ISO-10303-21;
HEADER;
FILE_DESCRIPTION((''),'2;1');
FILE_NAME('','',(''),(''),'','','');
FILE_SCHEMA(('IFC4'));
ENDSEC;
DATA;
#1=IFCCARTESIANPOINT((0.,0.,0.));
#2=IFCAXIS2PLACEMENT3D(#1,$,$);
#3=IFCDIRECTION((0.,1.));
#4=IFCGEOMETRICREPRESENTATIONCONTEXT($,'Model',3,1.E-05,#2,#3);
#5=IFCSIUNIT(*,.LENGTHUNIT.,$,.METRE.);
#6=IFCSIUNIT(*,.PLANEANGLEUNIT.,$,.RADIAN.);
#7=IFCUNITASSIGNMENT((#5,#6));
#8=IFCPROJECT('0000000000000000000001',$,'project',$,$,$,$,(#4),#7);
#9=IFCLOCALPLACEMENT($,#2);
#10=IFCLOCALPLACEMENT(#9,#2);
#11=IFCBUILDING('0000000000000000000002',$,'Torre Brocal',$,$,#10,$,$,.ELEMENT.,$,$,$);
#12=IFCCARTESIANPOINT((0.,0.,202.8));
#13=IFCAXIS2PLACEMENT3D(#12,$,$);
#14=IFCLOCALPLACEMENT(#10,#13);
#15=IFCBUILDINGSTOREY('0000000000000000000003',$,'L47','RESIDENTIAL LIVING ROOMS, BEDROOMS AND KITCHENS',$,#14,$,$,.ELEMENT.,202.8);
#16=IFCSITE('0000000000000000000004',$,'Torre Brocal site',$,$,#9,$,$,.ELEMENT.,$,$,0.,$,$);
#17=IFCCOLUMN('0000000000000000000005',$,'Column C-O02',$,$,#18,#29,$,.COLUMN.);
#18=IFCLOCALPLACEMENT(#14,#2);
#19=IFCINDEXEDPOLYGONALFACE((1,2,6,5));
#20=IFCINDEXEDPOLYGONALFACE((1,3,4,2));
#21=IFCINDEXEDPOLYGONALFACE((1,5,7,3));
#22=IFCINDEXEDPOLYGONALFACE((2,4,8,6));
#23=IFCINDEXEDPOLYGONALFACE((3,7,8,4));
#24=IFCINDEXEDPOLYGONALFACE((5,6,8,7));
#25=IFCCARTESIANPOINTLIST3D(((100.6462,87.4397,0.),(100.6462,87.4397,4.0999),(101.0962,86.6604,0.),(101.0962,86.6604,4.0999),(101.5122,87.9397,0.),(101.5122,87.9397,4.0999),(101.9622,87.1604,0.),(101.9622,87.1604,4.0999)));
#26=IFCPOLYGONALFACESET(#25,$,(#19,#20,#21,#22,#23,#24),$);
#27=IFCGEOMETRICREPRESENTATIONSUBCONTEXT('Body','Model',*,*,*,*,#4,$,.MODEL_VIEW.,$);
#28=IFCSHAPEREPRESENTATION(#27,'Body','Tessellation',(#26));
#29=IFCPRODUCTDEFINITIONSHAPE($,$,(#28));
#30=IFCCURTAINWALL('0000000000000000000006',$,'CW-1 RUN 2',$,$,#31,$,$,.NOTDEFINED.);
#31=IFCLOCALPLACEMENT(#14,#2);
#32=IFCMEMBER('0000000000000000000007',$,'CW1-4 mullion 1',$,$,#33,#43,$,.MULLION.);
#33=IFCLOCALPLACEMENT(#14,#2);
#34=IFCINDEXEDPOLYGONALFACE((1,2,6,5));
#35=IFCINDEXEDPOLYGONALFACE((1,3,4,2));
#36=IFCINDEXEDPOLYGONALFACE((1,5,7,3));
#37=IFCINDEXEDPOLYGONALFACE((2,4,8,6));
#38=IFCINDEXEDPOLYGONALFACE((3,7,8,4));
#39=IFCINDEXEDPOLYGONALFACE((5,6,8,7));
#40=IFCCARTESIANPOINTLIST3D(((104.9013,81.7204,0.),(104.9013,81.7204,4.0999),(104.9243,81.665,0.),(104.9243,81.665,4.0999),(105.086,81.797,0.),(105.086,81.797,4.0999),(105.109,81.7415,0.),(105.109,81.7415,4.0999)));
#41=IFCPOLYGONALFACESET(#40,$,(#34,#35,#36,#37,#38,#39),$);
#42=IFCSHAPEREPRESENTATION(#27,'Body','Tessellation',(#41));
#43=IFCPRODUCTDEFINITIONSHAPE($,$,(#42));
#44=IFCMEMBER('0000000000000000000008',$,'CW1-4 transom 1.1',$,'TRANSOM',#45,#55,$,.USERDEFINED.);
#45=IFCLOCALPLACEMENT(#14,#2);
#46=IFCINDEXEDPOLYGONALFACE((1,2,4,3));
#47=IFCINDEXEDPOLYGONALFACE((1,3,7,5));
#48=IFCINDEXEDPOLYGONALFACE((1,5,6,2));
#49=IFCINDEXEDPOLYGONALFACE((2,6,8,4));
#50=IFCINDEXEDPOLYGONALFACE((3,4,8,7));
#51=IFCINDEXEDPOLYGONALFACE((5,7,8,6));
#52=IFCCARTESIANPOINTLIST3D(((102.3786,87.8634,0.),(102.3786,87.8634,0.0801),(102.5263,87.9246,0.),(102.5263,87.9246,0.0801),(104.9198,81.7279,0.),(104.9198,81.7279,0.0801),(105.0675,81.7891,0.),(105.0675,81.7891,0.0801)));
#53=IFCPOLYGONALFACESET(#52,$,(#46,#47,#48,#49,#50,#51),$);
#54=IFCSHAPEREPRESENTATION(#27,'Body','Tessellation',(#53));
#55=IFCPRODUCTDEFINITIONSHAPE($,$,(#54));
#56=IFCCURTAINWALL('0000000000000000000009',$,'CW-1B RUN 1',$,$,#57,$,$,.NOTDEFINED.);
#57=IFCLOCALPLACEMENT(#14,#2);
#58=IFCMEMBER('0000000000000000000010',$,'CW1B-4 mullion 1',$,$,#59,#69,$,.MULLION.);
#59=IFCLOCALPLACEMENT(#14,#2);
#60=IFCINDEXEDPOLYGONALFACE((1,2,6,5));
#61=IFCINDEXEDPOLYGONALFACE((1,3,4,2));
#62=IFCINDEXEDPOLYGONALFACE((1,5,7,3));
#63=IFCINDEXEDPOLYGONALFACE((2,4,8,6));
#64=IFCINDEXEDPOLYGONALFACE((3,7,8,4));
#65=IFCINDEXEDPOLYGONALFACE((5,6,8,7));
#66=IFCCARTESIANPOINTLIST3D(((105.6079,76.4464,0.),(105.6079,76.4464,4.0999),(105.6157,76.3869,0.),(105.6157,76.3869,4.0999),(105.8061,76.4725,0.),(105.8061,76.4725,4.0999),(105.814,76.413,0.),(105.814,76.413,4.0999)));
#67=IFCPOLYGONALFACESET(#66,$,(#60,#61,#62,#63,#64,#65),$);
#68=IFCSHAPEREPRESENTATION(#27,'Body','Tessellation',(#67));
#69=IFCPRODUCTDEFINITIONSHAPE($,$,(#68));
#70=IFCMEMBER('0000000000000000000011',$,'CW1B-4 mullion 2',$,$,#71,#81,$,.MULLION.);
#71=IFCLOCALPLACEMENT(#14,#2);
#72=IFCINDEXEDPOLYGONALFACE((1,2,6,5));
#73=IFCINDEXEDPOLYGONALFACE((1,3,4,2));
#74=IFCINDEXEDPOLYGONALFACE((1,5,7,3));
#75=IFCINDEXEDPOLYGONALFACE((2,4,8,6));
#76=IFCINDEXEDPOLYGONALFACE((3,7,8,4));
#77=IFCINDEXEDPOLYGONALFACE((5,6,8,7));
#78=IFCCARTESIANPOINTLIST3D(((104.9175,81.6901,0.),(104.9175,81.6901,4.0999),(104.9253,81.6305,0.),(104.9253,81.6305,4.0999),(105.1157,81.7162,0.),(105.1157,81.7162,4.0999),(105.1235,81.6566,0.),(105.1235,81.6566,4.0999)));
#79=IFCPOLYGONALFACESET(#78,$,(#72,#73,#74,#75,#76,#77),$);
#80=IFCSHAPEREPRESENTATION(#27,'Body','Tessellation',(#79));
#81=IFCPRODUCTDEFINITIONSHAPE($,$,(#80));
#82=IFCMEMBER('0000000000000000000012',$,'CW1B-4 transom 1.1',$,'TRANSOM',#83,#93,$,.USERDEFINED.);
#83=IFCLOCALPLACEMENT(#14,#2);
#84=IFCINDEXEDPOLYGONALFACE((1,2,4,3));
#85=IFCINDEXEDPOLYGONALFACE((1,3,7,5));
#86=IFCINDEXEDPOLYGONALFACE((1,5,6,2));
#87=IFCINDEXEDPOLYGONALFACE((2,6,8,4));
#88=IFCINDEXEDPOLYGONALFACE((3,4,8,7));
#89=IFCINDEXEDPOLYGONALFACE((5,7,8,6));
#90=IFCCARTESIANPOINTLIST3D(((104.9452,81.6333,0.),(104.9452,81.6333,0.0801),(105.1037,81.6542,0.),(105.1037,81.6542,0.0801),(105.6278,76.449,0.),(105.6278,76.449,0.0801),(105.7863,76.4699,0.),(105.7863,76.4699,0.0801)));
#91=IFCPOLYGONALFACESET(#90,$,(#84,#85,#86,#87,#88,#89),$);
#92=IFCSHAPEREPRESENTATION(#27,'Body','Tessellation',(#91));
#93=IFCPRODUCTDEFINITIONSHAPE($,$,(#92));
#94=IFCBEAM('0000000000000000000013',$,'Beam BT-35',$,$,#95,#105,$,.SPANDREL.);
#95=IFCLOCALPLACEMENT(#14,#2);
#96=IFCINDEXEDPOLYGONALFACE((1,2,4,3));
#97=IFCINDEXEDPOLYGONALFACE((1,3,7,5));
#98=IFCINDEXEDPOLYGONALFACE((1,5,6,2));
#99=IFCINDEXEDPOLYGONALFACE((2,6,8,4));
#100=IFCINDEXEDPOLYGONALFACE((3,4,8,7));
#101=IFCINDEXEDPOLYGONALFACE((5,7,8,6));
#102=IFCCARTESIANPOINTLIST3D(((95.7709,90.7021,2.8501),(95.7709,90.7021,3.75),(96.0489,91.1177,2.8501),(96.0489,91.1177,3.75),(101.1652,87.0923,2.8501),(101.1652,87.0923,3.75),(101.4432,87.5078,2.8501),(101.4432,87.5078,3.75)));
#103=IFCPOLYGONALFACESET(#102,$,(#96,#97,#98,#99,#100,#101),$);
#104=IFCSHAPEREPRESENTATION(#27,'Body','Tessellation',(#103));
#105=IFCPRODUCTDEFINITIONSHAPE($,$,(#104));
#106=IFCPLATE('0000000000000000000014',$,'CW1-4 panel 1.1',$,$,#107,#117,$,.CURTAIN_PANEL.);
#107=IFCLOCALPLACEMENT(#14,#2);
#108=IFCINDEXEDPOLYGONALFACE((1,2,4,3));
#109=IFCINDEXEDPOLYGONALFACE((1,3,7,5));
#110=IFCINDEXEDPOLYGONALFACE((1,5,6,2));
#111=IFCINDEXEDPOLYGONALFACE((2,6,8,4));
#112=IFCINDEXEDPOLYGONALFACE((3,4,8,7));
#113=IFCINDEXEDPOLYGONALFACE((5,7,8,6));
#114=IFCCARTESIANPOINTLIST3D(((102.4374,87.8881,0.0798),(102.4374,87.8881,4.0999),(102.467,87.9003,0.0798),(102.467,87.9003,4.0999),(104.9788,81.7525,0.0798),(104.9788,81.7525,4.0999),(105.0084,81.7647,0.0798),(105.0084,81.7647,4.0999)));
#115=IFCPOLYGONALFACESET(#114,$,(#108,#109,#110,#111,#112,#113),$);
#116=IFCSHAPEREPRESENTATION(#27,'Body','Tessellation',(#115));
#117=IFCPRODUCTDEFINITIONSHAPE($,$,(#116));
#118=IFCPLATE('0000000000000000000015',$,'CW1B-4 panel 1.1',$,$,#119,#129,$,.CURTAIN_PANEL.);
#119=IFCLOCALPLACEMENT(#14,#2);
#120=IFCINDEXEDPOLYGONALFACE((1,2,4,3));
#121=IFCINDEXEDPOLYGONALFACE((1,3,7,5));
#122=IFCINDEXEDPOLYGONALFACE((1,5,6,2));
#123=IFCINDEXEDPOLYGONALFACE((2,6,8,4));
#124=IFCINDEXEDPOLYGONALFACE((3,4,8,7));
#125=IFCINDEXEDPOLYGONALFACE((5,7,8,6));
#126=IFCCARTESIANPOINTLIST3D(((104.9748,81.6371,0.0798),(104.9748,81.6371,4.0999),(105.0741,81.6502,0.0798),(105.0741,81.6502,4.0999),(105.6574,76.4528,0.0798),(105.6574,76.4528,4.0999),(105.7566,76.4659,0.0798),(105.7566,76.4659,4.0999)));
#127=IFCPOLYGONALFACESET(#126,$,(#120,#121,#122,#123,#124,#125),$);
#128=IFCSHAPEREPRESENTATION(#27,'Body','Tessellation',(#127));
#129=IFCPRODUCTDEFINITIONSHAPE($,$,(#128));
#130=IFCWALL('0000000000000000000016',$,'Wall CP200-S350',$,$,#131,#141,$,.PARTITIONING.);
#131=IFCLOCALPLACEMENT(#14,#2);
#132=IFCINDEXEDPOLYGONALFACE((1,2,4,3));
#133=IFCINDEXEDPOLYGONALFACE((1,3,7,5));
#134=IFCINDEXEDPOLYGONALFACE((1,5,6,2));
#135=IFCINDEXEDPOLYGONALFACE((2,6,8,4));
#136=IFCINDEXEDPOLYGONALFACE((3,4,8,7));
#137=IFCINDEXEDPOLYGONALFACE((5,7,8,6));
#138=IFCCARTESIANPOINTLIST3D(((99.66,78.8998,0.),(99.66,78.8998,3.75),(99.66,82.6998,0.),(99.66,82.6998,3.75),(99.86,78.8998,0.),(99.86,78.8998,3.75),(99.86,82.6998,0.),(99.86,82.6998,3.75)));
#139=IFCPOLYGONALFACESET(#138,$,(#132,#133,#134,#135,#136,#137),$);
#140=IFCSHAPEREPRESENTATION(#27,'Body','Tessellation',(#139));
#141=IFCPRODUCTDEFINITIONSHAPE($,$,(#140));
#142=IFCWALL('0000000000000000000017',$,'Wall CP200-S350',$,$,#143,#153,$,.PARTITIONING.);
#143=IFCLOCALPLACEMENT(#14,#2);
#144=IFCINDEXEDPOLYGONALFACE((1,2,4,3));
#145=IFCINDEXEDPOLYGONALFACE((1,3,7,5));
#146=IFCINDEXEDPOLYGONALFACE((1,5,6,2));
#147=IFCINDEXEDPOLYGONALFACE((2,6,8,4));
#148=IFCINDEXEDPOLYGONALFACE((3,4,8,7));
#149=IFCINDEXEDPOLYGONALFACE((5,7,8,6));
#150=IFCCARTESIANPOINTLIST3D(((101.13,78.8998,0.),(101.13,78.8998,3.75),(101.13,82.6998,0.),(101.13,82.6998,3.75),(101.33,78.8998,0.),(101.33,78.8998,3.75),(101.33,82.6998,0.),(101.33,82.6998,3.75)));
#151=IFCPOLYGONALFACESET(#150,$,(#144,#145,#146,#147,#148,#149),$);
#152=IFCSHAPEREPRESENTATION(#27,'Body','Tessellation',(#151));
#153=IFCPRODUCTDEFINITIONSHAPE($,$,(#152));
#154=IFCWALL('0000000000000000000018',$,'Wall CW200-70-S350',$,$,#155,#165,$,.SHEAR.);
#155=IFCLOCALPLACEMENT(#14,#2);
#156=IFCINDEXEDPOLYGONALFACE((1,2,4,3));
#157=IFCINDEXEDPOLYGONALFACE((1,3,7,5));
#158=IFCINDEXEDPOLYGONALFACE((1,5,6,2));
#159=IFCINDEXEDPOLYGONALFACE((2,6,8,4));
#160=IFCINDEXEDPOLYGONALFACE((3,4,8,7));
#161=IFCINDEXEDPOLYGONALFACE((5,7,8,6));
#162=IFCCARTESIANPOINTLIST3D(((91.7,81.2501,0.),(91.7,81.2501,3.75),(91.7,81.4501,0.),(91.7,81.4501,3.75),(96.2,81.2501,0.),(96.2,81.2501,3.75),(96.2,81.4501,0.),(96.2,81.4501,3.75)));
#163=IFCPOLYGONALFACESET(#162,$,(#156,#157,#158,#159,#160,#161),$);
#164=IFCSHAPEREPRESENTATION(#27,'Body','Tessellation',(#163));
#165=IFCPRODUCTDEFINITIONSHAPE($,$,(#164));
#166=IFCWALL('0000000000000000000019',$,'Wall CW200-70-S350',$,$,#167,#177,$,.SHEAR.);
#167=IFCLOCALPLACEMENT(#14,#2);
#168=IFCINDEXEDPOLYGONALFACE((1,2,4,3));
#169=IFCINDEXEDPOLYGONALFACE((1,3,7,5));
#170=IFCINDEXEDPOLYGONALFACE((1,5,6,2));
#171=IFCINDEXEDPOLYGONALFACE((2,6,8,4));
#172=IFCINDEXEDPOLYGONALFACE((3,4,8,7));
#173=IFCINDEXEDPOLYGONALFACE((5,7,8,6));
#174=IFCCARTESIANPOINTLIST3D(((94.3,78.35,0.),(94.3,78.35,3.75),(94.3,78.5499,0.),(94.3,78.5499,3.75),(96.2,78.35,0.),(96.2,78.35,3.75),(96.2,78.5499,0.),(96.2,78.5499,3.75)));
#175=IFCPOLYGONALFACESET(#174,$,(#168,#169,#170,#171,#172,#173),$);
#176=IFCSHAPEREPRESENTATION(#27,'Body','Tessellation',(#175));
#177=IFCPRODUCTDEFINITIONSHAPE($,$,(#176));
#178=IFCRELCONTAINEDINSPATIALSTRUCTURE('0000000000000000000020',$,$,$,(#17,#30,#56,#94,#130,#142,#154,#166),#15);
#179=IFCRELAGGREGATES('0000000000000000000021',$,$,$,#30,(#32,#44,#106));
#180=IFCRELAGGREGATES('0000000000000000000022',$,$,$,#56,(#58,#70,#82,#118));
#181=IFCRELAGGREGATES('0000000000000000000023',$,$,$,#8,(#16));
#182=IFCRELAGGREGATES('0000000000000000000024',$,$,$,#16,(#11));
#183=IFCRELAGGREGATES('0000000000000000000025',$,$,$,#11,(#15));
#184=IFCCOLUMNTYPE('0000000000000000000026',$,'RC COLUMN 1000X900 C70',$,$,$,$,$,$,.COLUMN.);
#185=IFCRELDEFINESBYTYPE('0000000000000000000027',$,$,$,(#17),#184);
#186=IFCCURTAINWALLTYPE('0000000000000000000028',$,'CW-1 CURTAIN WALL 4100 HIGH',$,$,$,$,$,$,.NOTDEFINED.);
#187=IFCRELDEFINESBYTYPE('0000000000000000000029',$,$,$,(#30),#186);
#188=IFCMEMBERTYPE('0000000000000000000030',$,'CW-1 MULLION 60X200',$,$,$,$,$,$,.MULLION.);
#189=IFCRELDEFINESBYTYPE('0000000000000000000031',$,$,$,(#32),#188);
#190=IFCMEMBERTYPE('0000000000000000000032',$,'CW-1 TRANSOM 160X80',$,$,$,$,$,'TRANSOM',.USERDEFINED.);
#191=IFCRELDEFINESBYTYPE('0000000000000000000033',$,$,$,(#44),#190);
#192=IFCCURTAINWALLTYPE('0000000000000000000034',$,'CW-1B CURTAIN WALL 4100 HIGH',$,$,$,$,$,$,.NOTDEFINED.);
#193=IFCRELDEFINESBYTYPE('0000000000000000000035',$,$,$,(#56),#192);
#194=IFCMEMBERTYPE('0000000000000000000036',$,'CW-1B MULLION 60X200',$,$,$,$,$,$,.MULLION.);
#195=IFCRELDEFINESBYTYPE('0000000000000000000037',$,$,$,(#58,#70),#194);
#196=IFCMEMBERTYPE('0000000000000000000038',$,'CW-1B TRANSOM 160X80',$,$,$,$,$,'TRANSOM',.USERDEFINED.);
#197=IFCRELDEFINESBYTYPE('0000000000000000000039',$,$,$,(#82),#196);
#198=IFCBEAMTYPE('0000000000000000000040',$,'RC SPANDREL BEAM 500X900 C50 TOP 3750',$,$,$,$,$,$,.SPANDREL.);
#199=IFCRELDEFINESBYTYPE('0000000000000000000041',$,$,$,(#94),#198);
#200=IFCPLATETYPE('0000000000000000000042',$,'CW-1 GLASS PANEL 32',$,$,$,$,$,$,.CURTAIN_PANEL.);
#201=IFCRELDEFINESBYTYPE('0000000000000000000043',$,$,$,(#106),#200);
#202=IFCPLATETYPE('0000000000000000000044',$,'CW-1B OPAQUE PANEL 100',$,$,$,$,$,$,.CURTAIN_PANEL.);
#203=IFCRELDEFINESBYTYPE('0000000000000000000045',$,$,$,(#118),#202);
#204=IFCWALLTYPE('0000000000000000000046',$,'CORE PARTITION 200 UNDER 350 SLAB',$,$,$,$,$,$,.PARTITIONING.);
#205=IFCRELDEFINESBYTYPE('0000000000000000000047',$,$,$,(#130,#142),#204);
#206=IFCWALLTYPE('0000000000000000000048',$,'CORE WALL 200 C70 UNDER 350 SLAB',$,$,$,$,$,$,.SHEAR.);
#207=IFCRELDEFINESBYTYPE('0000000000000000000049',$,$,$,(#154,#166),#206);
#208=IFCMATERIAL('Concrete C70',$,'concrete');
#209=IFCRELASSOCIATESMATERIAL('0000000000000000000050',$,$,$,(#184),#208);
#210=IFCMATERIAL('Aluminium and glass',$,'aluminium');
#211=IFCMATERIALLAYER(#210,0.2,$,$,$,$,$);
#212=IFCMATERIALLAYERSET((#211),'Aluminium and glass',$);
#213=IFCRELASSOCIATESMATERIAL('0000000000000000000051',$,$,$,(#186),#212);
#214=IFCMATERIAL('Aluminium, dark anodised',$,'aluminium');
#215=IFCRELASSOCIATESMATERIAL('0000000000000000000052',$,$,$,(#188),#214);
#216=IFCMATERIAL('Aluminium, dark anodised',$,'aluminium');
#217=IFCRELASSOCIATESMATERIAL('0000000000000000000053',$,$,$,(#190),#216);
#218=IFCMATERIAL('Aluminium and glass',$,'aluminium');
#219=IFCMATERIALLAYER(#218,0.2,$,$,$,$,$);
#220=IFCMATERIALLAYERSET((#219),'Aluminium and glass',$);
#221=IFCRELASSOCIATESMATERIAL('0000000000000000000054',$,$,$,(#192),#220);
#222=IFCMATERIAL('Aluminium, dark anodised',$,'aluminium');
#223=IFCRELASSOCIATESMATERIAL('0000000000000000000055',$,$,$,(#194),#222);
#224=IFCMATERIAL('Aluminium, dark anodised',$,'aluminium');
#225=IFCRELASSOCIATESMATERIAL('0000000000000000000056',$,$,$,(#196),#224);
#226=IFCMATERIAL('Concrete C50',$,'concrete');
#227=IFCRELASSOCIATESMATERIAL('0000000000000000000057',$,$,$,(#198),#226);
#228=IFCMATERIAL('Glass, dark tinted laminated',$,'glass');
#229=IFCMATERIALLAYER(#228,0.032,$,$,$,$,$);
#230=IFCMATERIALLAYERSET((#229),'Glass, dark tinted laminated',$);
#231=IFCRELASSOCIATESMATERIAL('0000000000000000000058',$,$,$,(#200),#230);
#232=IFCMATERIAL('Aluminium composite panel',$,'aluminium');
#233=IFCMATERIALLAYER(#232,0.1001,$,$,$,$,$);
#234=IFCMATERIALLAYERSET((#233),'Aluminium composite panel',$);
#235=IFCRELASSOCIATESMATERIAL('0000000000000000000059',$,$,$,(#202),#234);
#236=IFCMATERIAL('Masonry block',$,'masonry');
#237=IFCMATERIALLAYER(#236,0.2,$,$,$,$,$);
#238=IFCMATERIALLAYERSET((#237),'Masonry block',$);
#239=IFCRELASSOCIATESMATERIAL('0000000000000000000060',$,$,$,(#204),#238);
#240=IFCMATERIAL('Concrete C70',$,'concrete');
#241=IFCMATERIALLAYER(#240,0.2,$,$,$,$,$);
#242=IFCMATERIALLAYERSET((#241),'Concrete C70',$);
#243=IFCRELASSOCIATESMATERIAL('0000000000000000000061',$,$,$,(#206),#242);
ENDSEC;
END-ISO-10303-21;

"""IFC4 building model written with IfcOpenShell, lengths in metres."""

from ifc_helpers import new_model, si_unit, direction, frame, frame_2d, origin, origin_2d, place, context, subcontext, project, spatial, rectangle, extrude, material, layer, layer_set, material_profile, profile_set, type_object, element, aggregate, save


model = new_model("IFC4")

# Units and contexts
model_context = context("Model", 3, precision=1e-05, world=origin(), true_north=direction((0.0, 1.0)))
body_context = subcontext(model_context, "Body", "Model", "MODEL_VIEW")
ifc_project = project(units=[si_unit("LENGTHUNIT", "METRE"), si_unit("PLANEANGLEUNIT", "RADIAN")], contexts=[model_context])

# Site, building, storey
site_placement = place(None, origin())
site = spatial("IfcSite", under=ifc_project, at=site_placement, Name="Torre Brocal site", CompositionType="ELEMENT", RefElevation=0.0)
building_placement = place(site_placement, origin())
building = spatial("IfcBuilding", under=site, at=building_placement, Name="Torre Brocal", CompositionType="ELEMENT")
storey_placement = place(building_placement, frame((0.0, 0.0, 202.8)))
storey = spatial("IfcBuildingStorey", under=building, at=storey_placement, Name="L47", Description="RESIDENTIAL LIVING ROOMS, BEDROOMS AND KITCHENS", CompositionType="ELEMENT", Elevation=202.8)

# Column
ifc_material_1 = material(Name="Concrete C70", Category="concrete")
ifc_material_profile_1 = material_profile(ifc_material_1, rectangle(XDim=1.0, YDim=0.8999, at=origin_2d()), Name="RC 1000X900")
ifc_profile_set_1 = profile_set([ifc_material_profile_1], Name="Concrete C70")
column_type = type_object("IfcColumnType", Name="RC COLUMN 1000X900 C70", PredefinedType="COLUMN", material=ifc_profile_set_1)
column_placement = place(storey_placement, frame((101.3042, 87.3, 0.0), z_axis=(0.0, 0.0, 1.0), x_axis=(0.866025, 0.5, 0.0)))
element("IfcColumn", 1, at=column_placement, inside=storey, type_object=column_type, Name="Column C-O02", PredefinedType="COLUMN", context=body_context, shape_type="SweptSolid", body=[
    extrude(rectangle(XDim=1.0, YDim=0.8999, at=origin_2d()), origin(), (0.0, 0.0, 1.0), 4.0999),
])

# Curtain walls, members
ifc_material_2 = material(Name="Aluminium and glass", Category="aluminium")
ifc_layer_1 = layer(ifc_material_2, 0.2)
ifc_layer_set_1 = layer_set([ifc_layer_1], Name="Aluminium and glass")
curtain_wall_type_1 = type_object("IfcCurtainWallType", Name="CW-1 CURTAIN WALL 4100 HIGH", PredefinedType="NOTDEFINED", material=ifc_layer_set_1)
curtain_wall_1_placement = place(storey_placement, origin())
curtain_wall_1 = element("IfcCurtainWall", 2, at=curtain_wall_1_placement, inside=storey, type_object=curtain_wall_type_1, Name="CW-1 RUN 2", PredefinedType="NOTDEFINED")
ifc_material_3 = material(Name="Aluminium, dark anodised", Category="aluminium")
ifc_material_profile_2 = material_profile(ifc_material_3, rectangle(XDim=0.2, YDim=0.0601, at=origin_2d()), Name="CW-1 MULLION 60X200")
ifc_profile_set_2 = profile_set([ifc_material_profile_2], Name="Aluminium, dark anodised")
member_type_1 = type_object("IfcMemberType", Name="CW-1 MULLION 60X200", PredefinedType="MULLION", material=ifc_profile_set_2)
member_1_placement = place(storey_placement, frame((105.0051, 81.731, 0.0), z_axis=(0.0, 0.0, 1.0), x_axis=(-0.92388, -0.382683, 0.0)))
member_1 = element("IfcMember", 3, at=member_1_placement, type_object=member_type_1, Name="CW1-4 mullion 1", PredefinedType="MULLION", context=body_context, shape_type="SweptSolid", body=[
    extrude(rectangle(XDim=0.2, YDim=0.0601, at=origin_2d()), origin(), (0.0, 0.0, 1.0), 4.0999),
])
ifc_material_4 = material(Name="Aluminium, dark anodised", Category="aluminium")
ifc_material_profile_3 = material_profile(ifc_material_4, rectangle(XDim=0.1599, YDim=0.0801, at=origin_2d()), Name="CW-1 TRANSOM 160X80")
ifc_profile_set_3 = profile_set([ifc_material_profile_3], Name="Aluminium, dark anodised")
member_type_2 = type_object("IfcMemberType", Name="CW-1 TRANSOM 160X80", ElementType="TRANSOM", PredefinedType="USERDEFINED", material=ifc_profile_set_3)
member_2_placement = place(storey_placement, frame((104.9937, 81.7585, 0.04), z_axis=(-0.382665, 0.923887, 0.0), x_axis=(-0.923887, -0.382665, 0.0)))
member_2 = element("IfcMember", 4, at=member_2_placement, type_object=member_type_2, Name="CW1-4 transom 1.1", ObjectType="TRANSOM", PredefinedType="USERDEFINED", context=body_context, shape_type="SweptSolid", body=[
    extrude(rectangle(XDim=0.1599, YDim=0.0801, at=origin_2d()), origin(), (0.0, 0.0, 1.0), 6.6409),
])
ifc_material_5 = material(Name="Aluminium and glass", Category="aluminium")
ifc_layer_2 = layer(ifc_material_5, 0.2)
ifc_layer_set_2 = layer_set([ifc_layer_2], Name="Aluminium and glass")
curtain_wall_type_2 = type_object("IfcCurtainWallType", Name="CW-1B CURTAIN WALL 4100 HIGH", PredefinedType="NOTDEFINED", material=ifc_layer_set_2)
curtain_wall_2_placement = place(storey_placement, origin())
curtain_wall_2 = element("IfcCurtainWall", 5, at=curtain_wall_2_placement, inside=storey, type_object=curtain_wall_type_2, Name="CW-1B RUN 1", PredefinedType="NOTDEFINED")
ifc_material_6 = material(Name="Aluminium, dark anodised", Category="aluminium")
ifc_material_profile_4 = material_profile(ifc_material_6, rectangle(XDim=0.2, YDim=0.0601, at=origin_2d()), Name="CW-1B MULLION 60X200")
ifc_profile_set_4 = profile_set([ifc_material_profile_4], Name="Aluminium, dark anodised")
member_type_3 = type_object("IfcMemberType", Name="CW-1B MULLION 60X200", PredefinedType="MULLION", material=ifc_profile_set_4)
member_3_placement = place(storey_placement, frame((105.7109, 76.4297, 0.0), z_axis=(0.0, 0.0, 1.0), x_axis=(-0.991445, -0.130526, 0.0)))
member_3 = element("IfcMember", 6, at=member_3_placement, type_object=member_type_3, Name="CW1B-4 mullion 1", PredefinedType="MULLION", context=body_context, shape_type="SweptSolid", body=[
    extrude(rectangle(XDim=0.2, YDim=0.0601, at=origin_2d()), origin(), (0.0, 0.0, 1.0), 4.0999),
])
member_4_placement = place(storey_placement, frame((105.0205, 81.6733, 0.0), z_axis=(0.0, 0.0, 1.0), x_axis=(-0.991445, -0.130526, 0.0)))
member_4 = element("IfcMember", 7, at=member_4_placement, type_object=member_type_3, Name="CW1B-4 mullion 2", PredefinedType="MULLION", context=body_context, shape_type="SweptSolid", body=[
    extrude(rectangle(XDim=0.2, YDim=0.0601, at=origin_2d()), origin(), (0.0, 0.0, 1.0), 4.0999),
])
ifc_material_7 = material(Name="Aluminium, dark anodised", Category="aluminium")
ifc_material_profile_5 = material_profile(ifc_material_7, rectangle(XDim=0.1599, YDim=0.0801, at=origin_2d()), Name="CW-1B TRANSOM 160X80")
ifc_profile_set_5 = profile_set([ifc_material_profile_5], Name="Aluminium, dark anodised")
member_type_4 = type_object("IfcMemberType", Name="CW-1B TRANSOM 160X80", ElementType="TRANSOM", PredefinedType="USERDEFINED", material=ifc_profile_set_5)
member_5_placement = place(storey_placement, frame((105.707, 76.4595, 0.04), z_axis=(-0.130543, 0.991443, 0.0), x_axis=(-0.991443, -0.130543, 0.0)))
member_5 = element("IfcMember", 8, at=member_5_placement, type_object=member_type_4, Name="CW1B-4 transom 1.1", ObjectType="TRANSOM", PredefinedType="USERDEFINED", context=body_context, shape_type="SweptSolid", body=[
    extrude(rectangle(XDim=0.1599, YDim=0.0801, at=origin_2d()), origin(), (0.0, 0.0, 1.0), 5.229),
])

# Beam
ifc_material_8 = material(Name="Concrete C50", Category="concrete")
ifc_material_profile_6 = material_profile(ifc_material_8, rectangle(XDim=0.5, YDim=0.8999, at=origin_2d()), Name="RC 500X900")
ifc_profile_set_6 = profile_set([ifc_material_profile_6], Name="Concrete C50")
beam_type = type_object("IfcBeamType", Name="RC SPANDREL BEAM 500X900 C50 TOP 3750", PredefinedType="SPANDREL", material=ifc_profile_set_6)
beam_placement = place(storey_placement, frame((101.3042, 87.3, 3.3), z_axis=(-0.831077, 0.556158, 0.0), x_axis=(-0.556158, -0.831077, 0.0)))
element("IfcBeam", 9, at=beam_placement, inside=storey, type_object=beam_type, Name="Beam BT-35", PredefinedType="SPANDREL", context=body_context, shape_type="SweptSolid", body=[
    extrude(rectangle(XDim=0.5, YDim=0.8999, at=origin_2d()), origin(), (0.0, 0.0, 1.0), 6.4907),
])

# Plates
ifc_material_9 = material(Name="Glass, dark tinted laminated", Category="glass")
ifc_layer_3 = layer(ifc_material_9, 0.032)
ifc_layer_set_3 = layer_set([ifc_layer_3], Name="Glass, dark tinted laminated")
plate_type_1 = type_object("IfcPlateType", Name="CW-1 GLASS PANEL 32", PredefinedType="CURTAIN_PANEL", material=ifc_layer_set_3)
plate_1_placement = place(storey_placement, frame((103.7229, 84.8264, 0.0798), z_axis=(0.0, 0.0, 1.0), x_axis=(-0.382683, 0.92388, 0.0)))
plate_1 = element("IfcPlate", 10, at=plate_1_placement, type_object=plate_type_1, Name="CW1-4 panel 1.1", PredefinedType="CURTAIN_PANEL", context=body_context, shape_type="SweptSolid", body=[
    extrude(rectangle(XDim=6.6411, YDim=0.032, at=origin_2d()), origin(), (0.0, 0.0, 1.0), 4.02),
])
aggregate(curtain_wall_1, [member_1, member_2, plate_1])
ifc_material_10 = material(Name="Aluminium composite panel", Category="aluminium")
ifc_layer_4 = layer(ifc_material_10, 0.1001)
ifc_layer_set_4 = layer_set([ifc_layer_4], Name="Aluminium composite panel")
plate_type_2 = type_object("IfcPlateType", Name="CW-1B OPAQUE PANEL 100", PredefinedType="CURTAIN_PANEL", material=ifc_layer_set_4)
plate_2_placement = place(storey_placement, frame((105.3657, 79.0515, 0.0798), z_axis=(0.0, 0.0, 1.0), x_axis=(-0.130526, 0.991445, 0.0)))
plate_2 = element("IfcPlate", 11, at=plate_2_placement, type_object=plate_type_2, Name="CW1B-4 panel 1.1", PredefinedType="CURTAIN_PANEL", context=body_context, shape_type="SweptSolid", body=[
    extrude(rectangle(XDim=5.229, YDim=0.1001, at=origin_2d()), origin(), (0.0, 0.0, 1.0), 4.02),
])
aggregate(curtain_wall_2, [member_3, member_4, member_5, plate_2])

# Walls
ifc_material_11 = material(Name="Masonry block", Category="masonry")
ifc_layer_5 = layer(ifc_material_11, 0.2)
ifc_layer_set_5 = layer_set([ifc_layer_5], Name="Masonry block")
wall_type_1 = type_object("IfcWallType", Name="CORE PARTITION 200 UNDER 350 SLAB", PredefinedType="PARTITIONING", material=ifc_layer_set_5)
for number, where, z_axis, x_axis, name in (
    (12, (99.76, 78.8999, 0.0), (0.0, 0.0, 1.0), (0.0, 1.0, 0.0), "Wall CP200-S350"),
    (13, (101.23, 78.8999, 0.0), (0.0, 0.0, 1.0), (0.0, 1.0, 0.0), "Wall CP200-S350"),
):
    element("IfcWall", number, at=place(storey_placement, frame(where, z_axis=z_axis, x_axis=x_axis)), inside=storey, type_object=wall_type_1, Name=name, PredefinedType="PARTITIONING", context=body_context, shape_type="SweptSolid", body=[
        extrude(rectangle(XDim=3.8, YDim=0.2, at=frame_2d((1.8999, 0.0))), origin(), (0.0, 0.0, 1.0), 3.75),
    ])
ifc_material_12 = material(Name="Concrete C70", Category="concrete")
ifc_layer_6 = layer(ifc_material_12, 0.2)
ifc_layer_set_6 = layer_set([ifc_layer_6], Name="Concrete C70")
wall_type_2 = type_object("IfcWallType", Name="CORE WALL 200 C70 UNDER 350 SLAB", PredefinedType="SHEAR", material=ifc_layer_set_6)
wall_1_placement = place(storey_placement, frame((91.7, 81.3501, 0.0), z_axis=(0.0, 0.0, 1.0), x_axis=(1.0, 0.0, 0.0)))
element("IfcWall", 14, at=wall_1_placement, inside=storey, type_object=wall_type_2, Name="Wall CW200-70-S350", PredefinedType="SHEAR", context=body_context, shape_type="SweptSolid", body=[
    extrude(rectangle(XDim=4.5, YDim=0.2, at=frame_2d((2.25, 0.0))), origin(), (0.0, 0.0, 1.0), 3.75),
])
wall_2_placement = place(storey_placement, frame((94.3, 78.45, 0.0), z_axis=(0.0, 0.0, 1.0), x_axis=(1.0, 0.0, 0.0)))
element("IfcWall", 15, at=wall_2_placement, inside=storey, type_object=wall_type_2, Name="Wall CW200-70-S350", PredefinedType="SHEAR", context=body_context, shape_type="SweptSolid", body=[
    extrude(rectangle(XDim=1.8999, YDim=0.2, at=frame_2d((0.95, 0.0))), origin(), (0.0, 0.0, 1.0), 3.75),
])

save(model, "model.ifc")
